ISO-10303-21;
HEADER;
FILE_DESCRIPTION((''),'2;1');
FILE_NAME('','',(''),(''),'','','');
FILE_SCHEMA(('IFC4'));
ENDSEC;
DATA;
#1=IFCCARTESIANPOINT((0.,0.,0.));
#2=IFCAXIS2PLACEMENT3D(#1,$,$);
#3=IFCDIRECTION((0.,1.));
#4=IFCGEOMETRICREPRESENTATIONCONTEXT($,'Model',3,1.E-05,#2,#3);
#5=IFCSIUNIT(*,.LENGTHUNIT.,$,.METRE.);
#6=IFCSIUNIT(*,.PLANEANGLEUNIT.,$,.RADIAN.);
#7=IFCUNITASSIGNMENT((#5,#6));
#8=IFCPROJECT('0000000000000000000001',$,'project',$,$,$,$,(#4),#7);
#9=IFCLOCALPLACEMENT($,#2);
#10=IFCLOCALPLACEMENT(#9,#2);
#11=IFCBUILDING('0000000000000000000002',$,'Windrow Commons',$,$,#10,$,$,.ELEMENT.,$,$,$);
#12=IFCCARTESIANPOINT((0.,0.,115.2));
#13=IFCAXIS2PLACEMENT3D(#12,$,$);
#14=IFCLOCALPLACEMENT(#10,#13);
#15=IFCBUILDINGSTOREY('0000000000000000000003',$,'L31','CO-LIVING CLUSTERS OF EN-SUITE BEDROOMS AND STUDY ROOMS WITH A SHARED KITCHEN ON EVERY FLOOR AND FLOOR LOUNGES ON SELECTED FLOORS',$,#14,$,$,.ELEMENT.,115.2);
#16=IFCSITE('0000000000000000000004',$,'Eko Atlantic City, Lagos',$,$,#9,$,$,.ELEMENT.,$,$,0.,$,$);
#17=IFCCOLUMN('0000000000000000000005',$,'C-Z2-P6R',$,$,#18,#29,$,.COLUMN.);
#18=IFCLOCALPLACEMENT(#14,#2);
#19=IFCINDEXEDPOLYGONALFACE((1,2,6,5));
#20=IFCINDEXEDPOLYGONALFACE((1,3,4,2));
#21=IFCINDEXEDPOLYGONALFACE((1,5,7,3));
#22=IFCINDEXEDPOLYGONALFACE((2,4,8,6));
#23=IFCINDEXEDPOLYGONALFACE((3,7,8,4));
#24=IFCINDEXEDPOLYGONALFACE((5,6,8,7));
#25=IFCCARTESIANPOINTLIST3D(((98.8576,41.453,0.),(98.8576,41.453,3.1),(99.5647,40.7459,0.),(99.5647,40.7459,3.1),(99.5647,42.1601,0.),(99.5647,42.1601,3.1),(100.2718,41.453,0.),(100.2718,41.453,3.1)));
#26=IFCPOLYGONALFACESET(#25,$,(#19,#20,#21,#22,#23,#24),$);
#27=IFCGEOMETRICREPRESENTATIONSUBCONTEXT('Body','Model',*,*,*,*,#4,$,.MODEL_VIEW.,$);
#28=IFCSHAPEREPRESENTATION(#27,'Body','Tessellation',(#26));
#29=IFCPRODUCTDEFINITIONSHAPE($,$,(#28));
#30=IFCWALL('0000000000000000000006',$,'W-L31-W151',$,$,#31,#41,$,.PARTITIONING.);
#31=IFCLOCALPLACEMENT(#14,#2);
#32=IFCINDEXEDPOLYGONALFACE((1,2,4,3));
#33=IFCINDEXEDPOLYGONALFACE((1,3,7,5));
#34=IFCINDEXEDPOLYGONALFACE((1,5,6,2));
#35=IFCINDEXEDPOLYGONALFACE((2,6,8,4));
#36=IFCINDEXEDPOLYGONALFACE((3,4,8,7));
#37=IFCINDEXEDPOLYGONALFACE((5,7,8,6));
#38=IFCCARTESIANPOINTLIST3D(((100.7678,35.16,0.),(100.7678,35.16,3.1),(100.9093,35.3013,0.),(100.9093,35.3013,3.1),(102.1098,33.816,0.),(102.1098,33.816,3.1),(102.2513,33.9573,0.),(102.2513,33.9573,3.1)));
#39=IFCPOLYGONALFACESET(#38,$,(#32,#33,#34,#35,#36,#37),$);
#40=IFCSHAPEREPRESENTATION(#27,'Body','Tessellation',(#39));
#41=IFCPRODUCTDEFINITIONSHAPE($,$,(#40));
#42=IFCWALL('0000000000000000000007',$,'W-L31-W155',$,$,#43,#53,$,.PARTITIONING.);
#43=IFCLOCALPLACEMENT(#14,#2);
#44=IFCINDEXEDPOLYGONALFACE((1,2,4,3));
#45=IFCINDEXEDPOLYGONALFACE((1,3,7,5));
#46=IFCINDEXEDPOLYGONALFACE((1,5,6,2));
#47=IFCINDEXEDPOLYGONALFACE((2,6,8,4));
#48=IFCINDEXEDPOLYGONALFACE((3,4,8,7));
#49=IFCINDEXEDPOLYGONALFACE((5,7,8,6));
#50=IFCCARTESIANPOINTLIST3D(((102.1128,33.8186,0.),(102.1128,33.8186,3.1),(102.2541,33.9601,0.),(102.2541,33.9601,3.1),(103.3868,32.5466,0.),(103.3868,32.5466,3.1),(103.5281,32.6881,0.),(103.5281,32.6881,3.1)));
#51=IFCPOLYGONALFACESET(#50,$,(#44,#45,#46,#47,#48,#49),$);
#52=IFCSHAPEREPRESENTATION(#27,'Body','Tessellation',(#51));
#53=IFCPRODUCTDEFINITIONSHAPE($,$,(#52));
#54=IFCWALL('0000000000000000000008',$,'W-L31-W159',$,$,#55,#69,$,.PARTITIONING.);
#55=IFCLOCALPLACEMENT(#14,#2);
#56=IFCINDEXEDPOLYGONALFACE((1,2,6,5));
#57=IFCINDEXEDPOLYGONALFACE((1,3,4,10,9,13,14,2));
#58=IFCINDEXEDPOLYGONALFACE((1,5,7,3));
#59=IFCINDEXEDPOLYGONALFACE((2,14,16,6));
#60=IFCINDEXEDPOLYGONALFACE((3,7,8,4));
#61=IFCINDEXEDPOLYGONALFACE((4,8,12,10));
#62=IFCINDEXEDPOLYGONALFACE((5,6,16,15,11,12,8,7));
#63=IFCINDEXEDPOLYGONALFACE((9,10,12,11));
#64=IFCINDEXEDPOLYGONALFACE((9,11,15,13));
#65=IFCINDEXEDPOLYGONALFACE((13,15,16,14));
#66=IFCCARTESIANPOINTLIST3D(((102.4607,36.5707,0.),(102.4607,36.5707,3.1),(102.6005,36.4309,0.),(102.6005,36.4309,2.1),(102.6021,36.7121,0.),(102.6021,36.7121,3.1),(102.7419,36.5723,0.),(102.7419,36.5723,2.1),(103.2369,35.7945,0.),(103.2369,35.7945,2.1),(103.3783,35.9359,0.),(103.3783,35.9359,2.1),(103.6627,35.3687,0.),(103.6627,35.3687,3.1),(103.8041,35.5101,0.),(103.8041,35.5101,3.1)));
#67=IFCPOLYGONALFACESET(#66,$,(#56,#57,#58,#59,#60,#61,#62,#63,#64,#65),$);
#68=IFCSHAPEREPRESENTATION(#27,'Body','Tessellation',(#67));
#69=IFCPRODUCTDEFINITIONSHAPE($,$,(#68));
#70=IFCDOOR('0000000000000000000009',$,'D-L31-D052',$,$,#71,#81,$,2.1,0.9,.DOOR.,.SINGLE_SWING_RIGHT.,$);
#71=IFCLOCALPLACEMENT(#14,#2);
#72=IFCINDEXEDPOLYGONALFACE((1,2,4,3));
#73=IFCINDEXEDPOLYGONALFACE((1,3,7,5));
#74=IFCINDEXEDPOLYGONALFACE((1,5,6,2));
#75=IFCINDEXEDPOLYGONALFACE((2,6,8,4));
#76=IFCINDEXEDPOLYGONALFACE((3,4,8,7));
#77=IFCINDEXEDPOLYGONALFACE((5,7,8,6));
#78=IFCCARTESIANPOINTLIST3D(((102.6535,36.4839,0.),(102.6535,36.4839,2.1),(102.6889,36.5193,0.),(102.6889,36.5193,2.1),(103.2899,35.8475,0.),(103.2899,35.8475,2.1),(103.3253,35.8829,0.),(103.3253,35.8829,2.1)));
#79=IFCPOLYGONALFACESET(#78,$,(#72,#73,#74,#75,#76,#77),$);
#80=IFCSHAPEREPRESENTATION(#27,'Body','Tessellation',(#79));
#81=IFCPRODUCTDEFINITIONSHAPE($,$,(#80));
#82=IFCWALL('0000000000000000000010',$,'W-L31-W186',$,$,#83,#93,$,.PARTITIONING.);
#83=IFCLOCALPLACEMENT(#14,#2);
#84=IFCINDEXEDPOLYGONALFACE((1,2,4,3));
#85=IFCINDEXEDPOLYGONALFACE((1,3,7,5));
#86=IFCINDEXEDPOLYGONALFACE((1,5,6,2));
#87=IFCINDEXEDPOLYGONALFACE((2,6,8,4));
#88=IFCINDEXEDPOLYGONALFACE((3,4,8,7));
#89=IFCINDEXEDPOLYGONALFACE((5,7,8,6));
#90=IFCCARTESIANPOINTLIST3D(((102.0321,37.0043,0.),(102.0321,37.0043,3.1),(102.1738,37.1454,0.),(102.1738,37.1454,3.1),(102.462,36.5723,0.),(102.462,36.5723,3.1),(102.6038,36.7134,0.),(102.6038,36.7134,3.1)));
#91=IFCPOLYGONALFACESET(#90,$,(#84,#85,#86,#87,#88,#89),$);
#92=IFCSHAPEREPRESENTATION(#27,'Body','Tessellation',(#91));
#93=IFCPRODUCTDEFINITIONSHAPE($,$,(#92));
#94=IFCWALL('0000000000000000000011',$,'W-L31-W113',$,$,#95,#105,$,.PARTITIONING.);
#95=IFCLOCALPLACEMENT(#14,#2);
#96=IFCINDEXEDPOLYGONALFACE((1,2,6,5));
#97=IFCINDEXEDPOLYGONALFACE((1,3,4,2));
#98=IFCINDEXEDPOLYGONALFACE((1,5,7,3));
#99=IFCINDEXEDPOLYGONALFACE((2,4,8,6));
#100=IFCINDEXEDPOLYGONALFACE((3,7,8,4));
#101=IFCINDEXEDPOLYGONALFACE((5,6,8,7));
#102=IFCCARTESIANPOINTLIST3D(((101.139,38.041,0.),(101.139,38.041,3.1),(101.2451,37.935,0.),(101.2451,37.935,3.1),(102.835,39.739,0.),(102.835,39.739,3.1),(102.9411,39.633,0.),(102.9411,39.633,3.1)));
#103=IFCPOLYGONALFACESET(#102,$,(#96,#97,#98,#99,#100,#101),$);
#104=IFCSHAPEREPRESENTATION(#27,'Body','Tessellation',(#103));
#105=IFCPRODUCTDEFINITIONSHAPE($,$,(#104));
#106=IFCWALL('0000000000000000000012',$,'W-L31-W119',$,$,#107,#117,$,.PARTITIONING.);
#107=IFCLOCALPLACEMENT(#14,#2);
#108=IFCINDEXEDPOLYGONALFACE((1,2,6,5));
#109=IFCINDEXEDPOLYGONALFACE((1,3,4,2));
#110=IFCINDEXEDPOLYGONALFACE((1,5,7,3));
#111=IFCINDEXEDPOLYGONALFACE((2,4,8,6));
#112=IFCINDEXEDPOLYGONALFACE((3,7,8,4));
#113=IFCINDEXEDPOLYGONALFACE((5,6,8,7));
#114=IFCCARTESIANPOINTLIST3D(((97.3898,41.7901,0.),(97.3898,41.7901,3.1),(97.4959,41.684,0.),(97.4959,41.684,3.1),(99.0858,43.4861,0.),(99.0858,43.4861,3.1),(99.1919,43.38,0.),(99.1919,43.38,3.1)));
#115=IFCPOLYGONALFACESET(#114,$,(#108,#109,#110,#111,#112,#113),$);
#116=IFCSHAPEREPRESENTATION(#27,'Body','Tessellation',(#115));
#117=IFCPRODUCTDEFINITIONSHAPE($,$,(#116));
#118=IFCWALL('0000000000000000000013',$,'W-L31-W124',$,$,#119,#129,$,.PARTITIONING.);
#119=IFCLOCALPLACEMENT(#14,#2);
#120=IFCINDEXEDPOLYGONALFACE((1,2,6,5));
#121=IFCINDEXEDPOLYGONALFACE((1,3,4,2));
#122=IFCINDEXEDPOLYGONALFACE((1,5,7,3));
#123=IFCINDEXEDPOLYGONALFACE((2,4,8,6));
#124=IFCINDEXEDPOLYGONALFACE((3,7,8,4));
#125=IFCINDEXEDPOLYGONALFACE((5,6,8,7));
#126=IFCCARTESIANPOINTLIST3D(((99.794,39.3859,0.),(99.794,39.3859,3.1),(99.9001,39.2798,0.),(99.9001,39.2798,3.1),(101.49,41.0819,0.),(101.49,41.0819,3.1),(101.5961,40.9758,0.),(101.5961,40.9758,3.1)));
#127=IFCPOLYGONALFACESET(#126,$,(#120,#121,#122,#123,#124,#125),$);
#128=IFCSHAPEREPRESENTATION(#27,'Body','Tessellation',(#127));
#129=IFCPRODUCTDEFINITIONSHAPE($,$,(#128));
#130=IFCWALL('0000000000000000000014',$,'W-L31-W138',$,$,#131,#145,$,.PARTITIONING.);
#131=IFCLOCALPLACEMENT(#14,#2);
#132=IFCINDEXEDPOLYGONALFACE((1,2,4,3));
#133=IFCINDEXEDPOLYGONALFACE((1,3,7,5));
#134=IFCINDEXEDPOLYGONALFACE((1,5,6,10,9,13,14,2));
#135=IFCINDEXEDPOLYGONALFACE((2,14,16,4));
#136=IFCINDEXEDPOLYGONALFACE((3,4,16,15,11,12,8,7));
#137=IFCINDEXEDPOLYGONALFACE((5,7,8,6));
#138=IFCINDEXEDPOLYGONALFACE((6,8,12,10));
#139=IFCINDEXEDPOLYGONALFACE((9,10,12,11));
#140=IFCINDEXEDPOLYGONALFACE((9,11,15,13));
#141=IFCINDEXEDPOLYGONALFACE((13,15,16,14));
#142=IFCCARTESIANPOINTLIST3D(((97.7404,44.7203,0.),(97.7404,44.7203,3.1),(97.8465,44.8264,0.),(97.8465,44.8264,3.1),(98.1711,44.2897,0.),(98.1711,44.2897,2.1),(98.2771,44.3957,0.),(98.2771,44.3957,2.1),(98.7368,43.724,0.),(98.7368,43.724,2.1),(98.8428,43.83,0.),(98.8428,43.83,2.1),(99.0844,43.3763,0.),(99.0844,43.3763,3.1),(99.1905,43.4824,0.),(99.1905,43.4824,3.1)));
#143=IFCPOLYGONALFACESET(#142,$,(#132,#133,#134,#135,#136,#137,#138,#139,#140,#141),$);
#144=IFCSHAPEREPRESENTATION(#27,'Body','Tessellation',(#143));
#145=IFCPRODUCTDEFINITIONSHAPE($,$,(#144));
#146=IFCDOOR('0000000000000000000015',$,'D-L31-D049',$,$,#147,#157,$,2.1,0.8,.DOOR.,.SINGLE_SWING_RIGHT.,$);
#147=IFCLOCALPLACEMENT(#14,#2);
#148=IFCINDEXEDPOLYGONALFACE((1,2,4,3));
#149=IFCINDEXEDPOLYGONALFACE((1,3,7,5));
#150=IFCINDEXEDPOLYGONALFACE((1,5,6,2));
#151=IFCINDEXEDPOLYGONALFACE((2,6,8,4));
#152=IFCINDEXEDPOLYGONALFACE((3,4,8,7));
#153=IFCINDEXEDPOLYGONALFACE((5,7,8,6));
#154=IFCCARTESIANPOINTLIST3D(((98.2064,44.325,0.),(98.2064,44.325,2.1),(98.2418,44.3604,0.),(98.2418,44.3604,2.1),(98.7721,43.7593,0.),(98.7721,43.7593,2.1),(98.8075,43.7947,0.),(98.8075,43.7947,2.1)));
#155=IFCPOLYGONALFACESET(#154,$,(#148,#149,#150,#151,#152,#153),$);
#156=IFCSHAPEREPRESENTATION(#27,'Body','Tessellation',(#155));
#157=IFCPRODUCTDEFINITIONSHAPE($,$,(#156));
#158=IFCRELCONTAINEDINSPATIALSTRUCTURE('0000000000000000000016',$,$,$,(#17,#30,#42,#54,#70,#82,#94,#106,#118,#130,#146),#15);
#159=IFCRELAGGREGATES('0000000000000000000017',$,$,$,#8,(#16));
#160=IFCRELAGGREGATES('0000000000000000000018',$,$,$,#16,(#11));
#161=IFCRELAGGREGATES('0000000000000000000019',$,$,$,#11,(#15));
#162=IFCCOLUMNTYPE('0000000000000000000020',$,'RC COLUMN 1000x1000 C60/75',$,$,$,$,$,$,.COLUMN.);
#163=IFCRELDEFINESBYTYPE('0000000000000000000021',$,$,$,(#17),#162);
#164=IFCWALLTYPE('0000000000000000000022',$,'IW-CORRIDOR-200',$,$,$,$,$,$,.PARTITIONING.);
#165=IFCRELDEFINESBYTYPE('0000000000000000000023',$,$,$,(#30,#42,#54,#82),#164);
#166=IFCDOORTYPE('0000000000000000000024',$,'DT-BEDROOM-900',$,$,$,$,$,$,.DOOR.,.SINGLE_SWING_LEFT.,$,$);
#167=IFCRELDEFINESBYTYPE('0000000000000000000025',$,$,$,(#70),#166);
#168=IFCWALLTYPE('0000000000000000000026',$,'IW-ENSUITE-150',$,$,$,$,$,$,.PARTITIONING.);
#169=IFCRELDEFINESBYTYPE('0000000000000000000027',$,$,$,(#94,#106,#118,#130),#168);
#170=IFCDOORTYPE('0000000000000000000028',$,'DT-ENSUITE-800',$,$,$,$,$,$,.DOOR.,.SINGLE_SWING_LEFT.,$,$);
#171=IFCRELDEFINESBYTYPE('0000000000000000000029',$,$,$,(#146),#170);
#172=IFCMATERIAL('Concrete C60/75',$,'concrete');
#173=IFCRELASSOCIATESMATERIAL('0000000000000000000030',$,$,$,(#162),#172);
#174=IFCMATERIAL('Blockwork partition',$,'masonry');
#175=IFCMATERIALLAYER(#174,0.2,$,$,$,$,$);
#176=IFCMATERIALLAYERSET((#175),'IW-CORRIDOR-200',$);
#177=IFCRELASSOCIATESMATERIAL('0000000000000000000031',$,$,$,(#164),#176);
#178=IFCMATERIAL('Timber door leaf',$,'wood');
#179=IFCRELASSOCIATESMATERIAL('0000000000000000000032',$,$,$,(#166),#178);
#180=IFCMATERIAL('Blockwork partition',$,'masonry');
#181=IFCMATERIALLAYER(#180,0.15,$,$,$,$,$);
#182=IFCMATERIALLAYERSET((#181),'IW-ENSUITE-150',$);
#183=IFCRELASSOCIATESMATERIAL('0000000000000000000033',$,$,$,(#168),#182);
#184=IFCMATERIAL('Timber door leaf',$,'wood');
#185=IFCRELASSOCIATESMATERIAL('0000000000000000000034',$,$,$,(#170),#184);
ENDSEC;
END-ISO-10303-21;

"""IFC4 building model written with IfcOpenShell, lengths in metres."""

from ifc_helpers import new_model, si_unit, direction, frame, frame_2d, origin, origin_2d, place, context, subcontext, project, spatial, rectangle, extrude, material, layer, layer_set, material_profile, profile_set, type_object, element, fill, save


model = new_model("IFC4")

# Units and contexts
model_context = context("Model", 3, precision=1e-05, world=origin(), true_north=direction((0.0, 1.0)))
body_context = subcontext(model_context, "Body", "Model", "MODEL_VIEW")
ifc_project = project(units=[si_unit("LENGTHUNIT", "METRE"), si_unit("PLANEANGLEUNIT", "RADIAN")], contexts=[model_context])

# Site, building, storey
site_placement = place(None, origin())
site = spatial("IfcSite", under=ifc_project, at=site_placement, Name="Eko Atlantic City, Lagos", CompositionType="ELEMENT", RefElevation=0.0)
building_placement = place(site_placement, origin())
building = spatial("IfcBuilding", under=site, at=building_placement, Name="Windrow Commons", CompositionType="ELEMENT")
storey_placement = place(building_placement, frame((0.0, 0.0, 115.2)))
storey = spatial("IfcBuildingStorey", under=building, at=storey_placement, Name="L31", Description="CO-LIVING CLUSTERS OF EN-SUITE BEDROOMS AND STUDY ROOMS WITH A SHARED KITCHEN ON EVERY FLOOR AND FLOOR LOUNGES ON SELECTED FLOORS", CompositionType="ELEMENT", Elevation=115.2)

# Column
ifc_material_1 = material(Name="Concrete C60/75", Category="concrete")
ifc_material_profile = material_profile(ifc_material_1, rectangle(XDim=1.0, YDim=1.0, at=origin_2d()))
ifc_profile_set = profile_set([ifc_material_profile], Name="Concrete C60/75")
column_type = type_object("IfcColumnType", Name="RC COLUMN 1000x1000 C60/75", PredefinedType="COLUMN", material=ifc_profile_set)
column_placement = place(storey_placement, frame((99.5647, 41.453, 0.0), z_axis=(0.0, 0.0, 1.0), x_axis=(0.707107, -0.707107, 0.0)))
element("IfcColumn", 1, at=column_placement, inside=storey, type_object=column_type, Name="C-Z2-P6R", PredefinedType="COLUMN", context=body_context, shape_type="SweptSolid", body=[
    extrude(rectangle(XDim=1.0, YDim=1.0, at=origin_2d()), origin(), (0.0, 0.0, 1.0), 3.1),
])

# Walls
ifc_material_2 = material(Name="Blockwork partition", Category="masonry")
ifc_layer_1 = layer(ifc_material_2, 0.2)
ifc_layer_set_1 = layer_set([ifc_layer_1], Name="IW-CORRIDOR-200")
wall_type_1 = type_object("IfcWallType", Name="IW-CORRIDOR-200", PredefinedType="PARTITIONING", material=ifc_layer_set_1)
wall_1_placement = place(storey_placement, frame((100.8386, 35.2306, 0.0), z_axis=(0.0, 0.0, 1.0), x_axis=(0.70658, -0.707633, 0.0)))
element("IfcWall", 2, at=wall_1_placement, inside=storey, type_object=wall_type_1, Name="W-L31-W151", PredefinedType="PARTITIONING", context=body_context, shape_type="SweptSolid", body=[
    extrude(rectangle(XDim=1.8993, YDim=0.2, at=frame_2d((0.9496, 0.0))), origin(), (0.0, 0.0, 1.0), 3.1),
])
wall_2_placement = place(storey_placement, frame((102.1834, 33.8894, 0.0), z_axis=(0.0, 0.0, 1.0), x_axis=(0.707662, -0.706551, 0.0)))
element("IfcWall", 3, at=wall_2_placement, inside=storey, type_object=wall_type_1, Name="W-L31-W155", PredefinedType="PARTITIONING", context=body_context, shape_type="SweptSolid", body=[
    extrude(rectangle(XDim=1.8003, YDim=0.2, at=frame_2d((0.9002, 0.0))), origin(), (0.0, 0.0, 1.0), 3.1),
])

# Wall, opening, door
wall_3_placement = place(storey_placement, frame((102.5314, 36.6414, 0.0), z_axis=(0.0, 0.0, 1.0), x_axis=(0.707107, -0.707107, 0.0)))
wall_3 = element("IfcWall", 4, at=wall_3_placement, inside=storey, type_object=wall_type_1, Name="W-L31-W159", PredefinedType="PARTITIONING", context=body_context, shape_type="SweptSolid", body=[
    extrude(rectangle(XDim=1.6999, YDim=0.2, at=frame_2d((0.8499, 0.0))), origin(), (0.0, 0.0, 1.0), 3.1),
])
opening_1_placement = place(wall_3_placement, frame((0.1977, 0.0, 0.0)))
opening_1 = element("IfcOpeningElement", 5, at=opening_1_placement, cuts=wall_3, PredefinedType="OPENING", context=body_context, shape_type="SweptSolid", body=[
    extrude(rectangle(XDim=0.9, YDim=2.1, at=frame_2d((0.45, 1.05))), frame((0.0, 0.11, 0.0), z_axis=(0.0, -1.0, 0.0), x_axis=(1.0, 0.0, 0.0)), (0.0, 0.0, 1.0), 0.22),
])
ifc_material_3 = material(Name="Timber door leaf", Category="wood")
door_type_1 = type_object("IfcDoorType", Name="DT-BEDROOM-900", OperationType="SINGLE_SWING_LEFT", PredefinedType="DOOR", material=ifc_material_3)
door_1_placement = place(opening_1_placement, origin())
door_1 = element("IfcDoor", 6, at=door_1_placement, inside=storey, type_object=door_type_1, Name="D-L31-D052", OperationType="SINGLE_SWING_RIGHT", OverallHeight=2.1, OverallWidth=0.9, PredefinedType="DOOR", context=body_context, shape_type="SweptSolid", body=[
    extrude(rectangle(XDim=0.9, YDim=2.1, at=frame_2d((0.45, 1.05))), frame((0.0, 0.025, 0.0), z_axis=(0.0, -1.0, 0.0), x_axis=(1.0, 0.0, 0.0)), (0.0, 0.0, 1.0), 0.05),
])
fill(opening_1, door_1)

# Walls
wall_4_placement = place(storey_placement, frame((102.1029, 37.0749, 0.0), z_axis=(0.0, 0.0, 1.0), x_axis=(0.705464, -0.708745, 0.0)))
element("IfcWall", 7, at=wall_4_placement, inside=storey, type_object=wall_type_1, Name="W-L31-W186", PredefinedType="PARTITIONING", context=body_context, shape_type="SweptSolid", body=[
    extrude(rectangle(XDim=0.6095, YDim=0.2, at=frame_2d((0.3048, 0.0))), origin(), (0.0, 0.0, 1.0), 3.1),
])
ifc_material_4 = material(Name="Blockwork partition", Category="masonry")
ifc_layer_2 = layer(ifc_material_4, 0.15)
ifc_layer_set_2 = layer_set([ifc_layer_2], Name="IW-ENSUITE-150")
wall_type_2 = type_object("IfcWallType", Name="IW-ENSUITE-150", PredefinedType="PARTITIONING", material=ifc_layer_set_2)
wall_5_placement = place(storey_placement, frame((101.192, 37.988, 0.0), z_axis=(0.0, 0.0, 1.0), x_axis=(0.70669, 0.707523, 0.0)))
element("IfcWall", 8, at=wall_5_placement, inside=storey, type_object=wall_type_2, Name="W-L31-W113", PredefinedType="PARTITIONING", context=body_context, shape_type="SweptSolid", body=[
    extrude(rectangle(XDim=2.3999, YDim=0.15, at=frame_2d((1.2, 0.0))), origin(), (0.0, 0.0, 1.0), 3.1),
])
for number, where, z_axis, x_axis, name in (
    (9, (97.4429, 41.7371, 0.0), (0.0, 0.0, 1.0), (0.707107, 0.707107, 0.0), "W-L31-W119"),
    (10, (99.8471, 39.3329, 0.0), (0.0, 0.0, 1.0), (0.707107, 0.707107, 0.0), "W-L31-W124"),
):
    element("IfcWall", number, at=place(storey_placement, frame(where, z_axis=z_axis, x_axis=x_axis)), inside=storey, type_object=wall_type_2, Name=name, PredefinedType="PARTITIONING", context=body_context, shape_type="SweptSolid", body=[
        extrude(rectangle(XDim=2.3985, YDim=0.15, at=frame_2d((1.1992, 0.0))), origin(), (0.0, 0.0, 1.0), 3.1),
    ])

# Wall, opening, door
wall_6_placement = place(storey_placement, frame((97.7934, 44.7734, 0.0), z_axis=(0.0, 0.0, 1.0), x_axis=(0.707107, -0.707107, 0.0)))
wall_6 = element("IfcWall", 11, at=wall_6_placement, inside=storey, type_object=wall_type_2, Name="W-L31-W138", PredefinedType="PARTITIONING", context=body_context, shape_type="SweptSolid", body=[
    extrude(rectangle(XDim=1.9007, YDim=0.15, at=frame_2d((0.9504, 0.0))), origin(), (0.0, 0.0, 1.0), 3.1),
])
opening_2_placement = place(wall_6_placement, frame((0.6091, 0.0, 0.0)))
opening_2 = element("IfcOpeningElement", 12, at=opening_2_placement, cuts=wall_6, PredefinedType="OPENING", context=body_context, shape_type="SweptSolid", body=[
    extrude(rectangle(XDim=0.8, YDim=2.1, at=frame_2d((0.4, 1.05))), frame((0.0, 0.085, 0.0), z_axis=(0.0, -1.0, 0.0), x_axis=(1.0, 0.0, 0.0)), (0.0, 0.0, 1.0), 0.17),
])
ifc_material_5 = material(Name="Timber door leaf", Category="wood")
door_type_2 = type_object("IfcDoorType", Name="DT-ENSUITE-800", OperationType="SINGLE_SWING_LEFT", PredefinedType="DOOR", material=ifc_material_5)
door_2_placement = place(opening_2_placement, origin())
door_2 = element("IfcDoor", 13, at=door_2_placement, inside=storey, type_object=door_type_2, Name="D-L31-D049", OperationType="SINGLE_SWING_RIGHT", OverallHeight=2.1, OverallWidth=0.8, PredefinedType="DOOR", context=body_context, shape_type="SweptSolid", body=[
    extrude(rectangle(XDim=0.8, YDim=2.1, at=frame_2d((0.4, 1.05))), frame((0.0, 0.025, 0.0), z_axis=(0.0, -1.0, 0.0), x_axis=(1.0, 0.0, 0.0)), (0.0, 0.0, 1.0), 0.05),
])
fill(opening_2, door_2)

save(model, "model.ifc")
